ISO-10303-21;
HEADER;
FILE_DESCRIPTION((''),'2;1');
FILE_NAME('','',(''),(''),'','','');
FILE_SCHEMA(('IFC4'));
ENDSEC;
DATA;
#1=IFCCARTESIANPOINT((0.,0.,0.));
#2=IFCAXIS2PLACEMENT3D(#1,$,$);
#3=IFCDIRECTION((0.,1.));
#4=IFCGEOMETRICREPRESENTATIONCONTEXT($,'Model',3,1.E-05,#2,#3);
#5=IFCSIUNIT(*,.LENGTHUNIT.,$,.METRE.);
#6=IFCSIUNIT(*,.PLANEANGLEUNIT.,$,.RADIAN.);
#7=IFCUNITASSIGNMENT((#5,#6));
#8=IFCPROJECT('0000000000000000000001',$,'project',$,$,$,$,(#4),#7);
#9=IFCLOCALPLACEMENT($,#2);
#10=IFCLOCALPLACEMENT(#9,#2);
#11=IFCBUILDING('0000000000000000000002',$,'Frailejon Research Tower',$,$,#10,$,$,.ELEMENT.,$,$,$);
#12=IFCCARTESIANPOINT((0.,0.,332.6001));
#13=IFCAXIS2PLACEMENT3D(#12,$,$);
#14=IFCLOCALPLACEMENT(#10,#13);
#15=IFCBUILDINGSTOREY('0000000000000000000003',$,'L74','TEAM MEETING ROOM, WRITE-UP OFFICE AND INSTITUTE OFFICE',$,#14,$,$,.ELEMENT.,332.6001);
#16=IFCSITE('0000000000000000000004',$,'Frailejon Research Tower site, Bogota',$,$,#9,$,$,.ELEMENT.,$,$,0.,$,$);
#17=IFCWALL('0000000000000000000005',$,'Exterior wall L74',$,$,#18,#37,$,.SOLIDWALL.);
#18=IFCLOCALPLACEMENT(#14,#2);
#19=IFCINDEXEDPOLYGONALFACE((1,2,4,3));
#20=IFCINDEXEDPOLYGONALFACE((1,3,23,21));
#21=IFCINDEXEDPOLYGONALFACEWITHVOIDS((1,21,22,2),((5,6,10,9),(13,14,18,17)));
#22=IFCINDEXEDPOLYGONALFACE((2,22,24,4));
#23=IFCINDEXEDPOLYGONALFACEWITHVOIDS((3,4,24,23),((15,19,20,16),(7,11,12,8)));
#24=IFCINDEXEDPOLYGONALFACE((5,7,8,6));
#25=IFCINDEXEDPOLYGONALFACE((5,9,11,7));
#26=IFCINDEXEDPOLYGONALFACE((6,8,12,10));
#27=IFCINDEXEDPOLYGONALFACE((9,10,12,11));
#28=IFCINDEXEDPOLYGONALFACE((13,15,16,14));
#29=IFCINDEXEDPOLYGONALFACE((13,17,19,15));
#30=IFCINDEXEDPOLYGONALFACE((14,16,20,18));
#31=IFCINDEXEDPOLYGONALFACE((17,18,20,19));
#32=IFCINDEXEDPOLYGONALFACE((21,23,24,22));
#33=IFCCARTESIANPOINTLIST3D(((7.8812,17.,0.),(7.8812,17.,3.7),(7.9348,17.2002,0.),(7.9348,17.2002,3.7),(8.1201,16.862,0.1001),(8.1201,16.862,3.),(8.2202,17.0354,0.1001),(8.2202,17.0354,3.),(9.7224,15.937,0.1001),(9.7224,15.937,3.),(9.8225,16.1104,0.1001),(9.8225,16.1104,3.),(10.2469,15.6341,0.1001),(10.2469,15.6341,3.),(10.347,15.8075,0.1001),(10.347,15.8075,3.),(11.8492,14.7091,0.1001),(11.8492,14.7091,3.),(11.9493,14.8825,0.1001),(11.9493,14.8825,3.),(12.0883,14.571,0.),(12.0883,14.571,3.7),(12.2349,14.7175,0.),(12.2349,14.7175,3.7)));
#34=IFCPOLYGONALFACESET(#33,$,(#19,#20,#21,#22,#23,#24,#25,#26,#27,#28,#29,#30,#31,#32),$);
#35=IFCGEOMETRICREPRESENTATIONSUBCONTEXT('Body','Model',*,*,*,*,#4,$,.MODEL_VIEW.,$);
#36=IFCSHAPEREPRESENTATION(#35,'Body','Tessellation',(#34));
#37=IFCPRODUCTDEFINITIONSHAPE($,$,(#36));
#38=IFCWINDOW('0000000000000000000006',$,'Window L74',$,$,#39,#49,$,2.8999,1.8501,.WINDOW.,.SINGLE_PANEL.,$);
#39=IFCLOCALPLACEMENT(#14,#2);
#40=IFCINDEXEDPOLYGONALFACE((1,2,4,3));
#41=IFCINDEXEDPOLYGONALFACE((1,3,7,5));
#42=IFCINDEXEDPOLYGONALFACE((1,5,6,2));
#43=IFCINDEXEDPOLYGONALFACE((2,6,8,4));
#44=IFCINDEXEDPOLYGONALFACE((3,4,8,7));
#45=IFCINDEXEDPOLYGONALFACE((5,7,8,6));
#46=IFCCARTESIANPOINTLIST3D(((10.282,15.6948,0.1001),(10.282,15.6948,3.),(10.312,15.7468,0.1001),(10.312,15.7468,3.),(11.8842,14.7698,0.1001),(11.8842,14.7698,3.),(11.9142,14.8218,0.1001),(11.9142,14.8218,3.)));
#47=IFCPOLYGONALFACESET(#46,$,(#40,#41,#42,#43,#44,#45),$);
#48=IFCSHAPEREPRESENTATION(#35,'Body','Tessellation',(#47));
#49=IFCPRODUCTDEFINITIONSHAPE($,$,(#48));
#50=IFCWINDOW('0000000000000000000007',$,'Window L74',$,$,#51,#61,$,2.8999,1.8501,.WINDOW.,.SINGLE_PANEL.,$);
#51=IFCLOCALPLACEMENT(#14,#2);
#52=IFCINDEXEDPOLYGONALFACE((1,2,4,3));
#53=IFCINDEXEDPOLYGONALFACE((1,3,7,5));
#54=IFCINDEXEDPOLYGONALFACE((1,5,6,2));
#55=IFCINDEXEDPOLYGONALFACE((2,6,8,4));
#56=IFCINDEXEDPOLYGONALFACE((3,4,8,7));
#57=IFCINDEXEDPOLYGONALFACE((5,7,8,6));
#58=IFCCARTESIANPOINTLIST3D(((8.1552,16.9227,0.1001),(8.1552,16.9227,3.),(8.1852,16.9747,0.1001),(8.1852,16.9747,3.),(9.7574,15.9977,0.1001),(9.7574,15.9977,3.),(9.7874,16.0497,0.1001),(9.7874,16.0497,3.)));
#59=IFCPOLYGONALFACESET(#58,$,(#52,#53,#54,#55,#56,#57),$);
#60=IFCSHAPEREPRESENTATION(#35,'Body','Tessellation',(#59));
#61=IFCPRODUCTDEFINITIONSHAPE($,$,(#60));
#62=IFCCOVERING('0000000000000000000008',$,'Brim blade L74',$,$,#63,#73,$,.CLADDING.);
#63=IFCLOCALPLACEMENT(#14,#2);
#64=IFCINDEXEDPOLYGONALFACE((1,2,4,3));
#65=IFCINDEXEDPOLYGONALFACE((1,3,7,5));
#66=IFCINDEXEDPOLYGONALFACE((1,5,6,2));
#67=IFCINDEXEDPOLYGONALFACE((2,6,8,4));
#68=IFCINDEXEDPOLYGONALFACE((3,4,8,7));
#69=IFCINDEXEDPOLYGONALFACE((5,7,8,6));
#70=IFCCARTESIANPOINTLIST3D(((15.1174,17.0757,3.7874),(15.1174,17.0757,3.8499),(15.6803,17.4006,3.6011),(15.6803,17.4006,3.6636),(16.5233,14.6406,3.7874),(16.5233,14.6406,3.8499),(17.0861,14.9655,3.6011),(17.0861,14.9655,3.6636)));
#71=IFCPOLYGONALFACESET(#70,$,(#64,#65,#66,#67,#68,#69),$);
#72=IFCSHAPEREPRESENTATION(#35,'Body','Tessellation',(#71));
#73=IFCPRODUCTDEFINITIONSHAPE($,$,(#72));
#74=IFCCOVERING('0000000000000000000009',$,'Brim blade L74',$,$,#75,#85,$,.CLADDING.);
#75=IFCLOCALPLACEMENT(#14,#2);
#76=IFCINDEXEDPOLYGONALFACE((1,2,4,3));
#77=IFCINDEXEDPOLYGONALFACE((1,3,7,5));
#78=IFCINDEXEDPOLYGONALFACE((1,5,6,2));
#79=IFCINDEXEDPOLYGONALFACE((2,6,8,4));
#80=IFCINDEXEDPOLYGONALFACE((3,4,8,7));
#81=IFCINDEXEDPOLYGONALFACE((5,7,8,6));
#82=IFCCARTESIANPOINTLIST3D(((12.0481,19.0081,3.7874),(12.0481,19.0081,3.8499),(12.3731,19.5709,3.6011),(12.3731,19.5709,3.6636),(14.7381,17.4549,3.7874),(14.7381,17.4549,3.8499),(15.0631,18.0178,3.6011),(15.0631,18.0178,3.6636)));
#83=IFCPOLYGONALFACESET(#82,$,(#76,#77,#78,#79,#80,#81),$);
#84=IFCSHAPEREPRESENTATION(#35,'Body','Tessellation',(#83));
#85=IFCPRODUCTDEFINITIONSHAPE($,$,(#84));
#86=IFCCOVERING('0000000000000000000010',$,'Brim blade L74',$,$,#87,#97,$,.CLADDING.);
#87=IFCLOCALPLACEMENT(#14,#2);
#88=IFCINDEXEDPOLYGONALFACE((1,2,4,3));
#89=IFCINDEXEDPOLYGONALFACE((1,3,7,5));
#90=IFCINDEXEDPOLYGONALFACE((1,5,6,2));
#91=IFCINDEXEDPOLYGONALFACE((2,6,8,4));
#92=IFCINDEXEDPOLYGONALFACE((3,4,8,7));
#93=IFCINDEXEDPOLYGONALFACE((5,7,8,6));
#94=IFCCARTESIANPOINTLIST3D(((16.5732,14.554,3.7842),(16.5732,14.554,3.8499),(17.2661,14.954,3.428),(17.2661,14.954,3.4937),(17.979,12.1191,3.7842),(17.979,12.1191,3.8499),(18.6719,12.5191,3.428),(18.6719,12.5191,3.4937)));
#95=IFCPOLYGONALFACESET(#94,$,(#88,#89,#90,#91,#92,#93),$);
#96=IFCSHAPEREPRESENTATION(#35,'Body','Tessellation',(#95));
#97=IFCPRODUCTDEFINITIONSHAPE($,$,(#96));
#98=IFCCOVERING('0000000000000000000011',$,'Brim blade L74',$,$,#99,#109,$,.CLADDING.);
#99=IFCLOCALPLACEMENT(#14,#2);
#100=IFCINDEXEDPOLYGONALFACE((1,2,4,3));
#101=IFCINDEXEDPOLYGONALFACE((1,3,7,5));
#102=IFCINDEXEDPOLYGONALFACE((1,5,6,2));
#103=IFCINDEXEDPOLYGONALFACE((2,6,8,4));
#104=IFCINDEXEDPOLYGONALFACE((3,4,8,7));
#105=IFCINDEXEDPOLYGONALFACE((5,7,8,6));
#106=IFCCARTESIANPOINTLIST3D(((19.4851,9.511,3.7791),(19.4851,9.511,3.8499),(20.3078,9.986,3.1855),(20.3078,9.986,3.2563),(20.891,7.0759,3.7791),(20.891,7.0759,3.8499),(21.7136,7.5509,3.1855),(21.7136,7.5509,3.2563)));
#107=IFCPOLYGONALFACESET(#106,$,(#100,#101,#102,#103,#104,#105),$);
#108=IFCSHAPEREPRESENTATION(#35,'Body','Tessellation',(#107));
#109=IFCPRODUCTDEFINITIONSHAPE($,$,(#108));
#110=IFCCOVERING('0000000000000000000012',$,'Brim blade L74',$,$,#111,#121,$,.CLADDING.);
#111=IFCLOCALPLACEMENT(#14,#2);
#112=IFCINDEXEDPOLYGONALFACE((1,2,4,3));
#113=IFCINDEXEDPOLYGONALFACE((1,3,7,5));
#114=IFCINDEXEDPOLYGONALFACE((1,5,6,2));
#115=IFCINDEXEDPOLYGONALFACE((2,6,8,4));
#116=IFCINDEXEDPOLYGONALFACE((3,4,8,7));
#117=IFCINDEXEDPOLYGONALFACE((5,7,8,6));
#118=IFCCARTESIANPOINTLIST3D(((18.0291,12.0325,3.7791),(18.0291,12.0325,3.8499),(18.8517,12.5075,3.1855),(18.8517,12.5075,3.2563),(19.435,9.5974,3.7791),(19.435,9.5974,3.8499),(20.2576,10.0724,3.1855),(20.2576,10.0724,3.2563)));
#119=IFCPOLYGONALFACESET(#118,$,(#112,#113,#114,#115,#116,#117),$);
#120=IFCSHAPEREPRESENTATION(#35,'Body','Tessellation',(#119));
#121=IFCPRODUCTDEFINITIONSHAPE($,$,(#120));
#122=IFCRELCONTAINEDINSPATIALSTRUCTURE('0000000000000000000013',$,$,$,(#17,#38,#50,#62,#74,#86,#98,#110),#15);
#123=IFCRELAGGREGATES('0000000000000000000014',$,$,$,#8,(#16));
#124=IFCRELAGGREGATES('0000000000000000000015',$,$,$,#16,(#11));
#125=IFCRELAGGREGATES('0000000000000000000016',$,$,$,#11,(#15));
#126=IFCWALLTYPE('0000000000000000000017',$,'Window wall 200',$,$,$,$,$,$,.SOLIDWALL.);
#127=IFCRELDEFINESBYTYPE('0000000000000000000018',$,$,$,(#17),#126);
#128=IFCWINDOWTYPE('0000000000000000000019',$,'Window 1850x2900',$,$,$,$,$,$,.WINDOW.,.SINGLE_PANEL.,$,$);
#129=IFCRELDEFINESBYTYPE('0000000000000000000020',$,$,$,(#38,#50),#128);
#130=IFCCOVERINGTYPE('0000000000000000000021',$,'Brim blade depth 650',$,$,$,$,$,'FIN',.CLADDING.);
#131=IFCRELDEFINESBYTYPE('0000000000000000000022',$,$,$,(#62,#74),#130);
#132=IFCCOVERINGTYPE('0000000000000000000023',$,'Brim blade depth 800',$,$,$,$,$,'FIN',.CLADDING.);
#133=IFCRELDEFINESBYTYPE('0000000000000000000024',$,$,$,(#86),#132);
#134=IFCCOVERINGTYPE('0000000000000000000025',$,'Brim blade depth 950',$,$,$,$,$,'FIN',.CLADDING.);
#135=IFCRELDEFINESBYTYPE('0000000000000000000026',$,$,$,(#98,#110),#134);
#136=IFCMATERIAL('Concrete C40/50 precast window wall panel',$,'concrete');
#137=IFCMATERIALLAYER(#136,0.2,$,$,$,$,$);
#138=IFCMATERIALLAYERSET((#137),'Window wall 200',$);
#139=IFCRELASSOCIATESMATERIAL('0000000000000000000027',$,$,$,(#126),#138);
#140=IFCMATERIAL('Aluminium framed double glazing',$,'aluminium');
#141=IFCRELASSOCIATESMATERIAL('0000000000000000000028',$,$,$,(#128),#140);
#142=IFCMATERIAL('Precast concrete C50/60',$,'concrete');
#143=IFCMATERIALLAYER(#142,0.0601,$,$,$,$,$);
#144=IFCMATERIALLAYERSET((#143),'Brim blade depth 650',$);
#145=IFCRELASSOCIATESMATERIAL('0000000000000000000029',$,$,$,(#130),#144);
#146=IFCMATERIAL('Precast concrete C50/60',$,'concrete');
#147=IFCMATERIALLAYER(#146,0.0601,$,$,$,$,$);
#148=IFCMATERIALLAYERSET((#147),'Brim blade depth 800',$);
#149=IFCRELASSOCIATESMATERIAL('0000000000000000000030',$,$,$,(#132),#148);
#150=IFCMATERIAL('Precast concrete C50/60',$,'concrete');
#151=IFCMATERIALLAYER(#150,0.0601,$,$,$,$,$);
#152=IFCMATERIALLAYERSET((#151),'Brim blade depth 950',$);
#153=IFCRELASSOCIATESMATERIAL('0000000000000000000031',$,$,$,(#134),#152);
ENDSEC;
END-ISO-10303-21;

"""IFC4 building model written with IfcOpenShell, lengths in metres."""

from ifc_helpers import new_model, si_unit, direction, frame, frame_2d, origin, place, context, subcontext, project, spatial, polyline, rectangle, outline, extrude, material, layer, layer_set, type_object, element, fill, save


model = new_model("IFC4")

# Units and contexts
model_context = context("Model", 3, precision=1e-05, world=origin(), true_north=direction((0.0, 1.0)))
body_context = subcontext(model_context, "Body", "Model", "MODEL_VIEW")
ifc_project = project(units=[si_unit("LENGTHUNIT", "METRE"), si_unit("PLANEANGLEUNIT", "RADIAN")], contexts=[model_context])

# Site, building, storey
site_placement = place(None, origin())
site = spatial("IfcSite", under=ifc_project, at=site_placement, Name="Frailejon Research Tower site, Bogota", CompositionType="ELEMENT", RefElevation=0.0)
building_placement = place(site_placement, origin())
building = spatial("IfcBuilding", under=site, at=building_placement, Name="Frailejon Research Tower", CompositionType="ELEMENT")
storey_placement = place(building_placement, frame((0.0, 0.0, 332.6001)))
storey = spatial("IfcBuildingStorey", under=building, at=storey_placement, Name="L74", Description="TEAM MEETING ROOM, WRITE-UP OFFICE AND INSTITUTE OFFICE", CompositionType="ELEMENT", Elevation=332.6001)

# Wall, openings, windows
ifc_material_1 = material(Name="Concrete C40/50 precast window wall panel", Category="concrete")
ifc_layer_1 = layer(ifc_material_1, 0.2)
ifc_layer_set_1 = layer_set([ifc_layer_1], Name="Window wall 200")
wall_type = type_object("IfcWallType", Name="Window wall 200", PredefinedType="SOLIDWALL", material=ifc_layer_set_1)
wall_placement = place(storey_placement, frame((12.1616, 14.6443, 0.0), z_axis=(0.0, 0.0, 1.0), x_axis=(-0.866029, 0.499994, 0.0)))
wall = element("IfcWall", 1, at=wall_placement, inside=storey, type_object=wall_type, Name="Exterior wall L74", PredefinedType="SOLIDWALL", context=body_context, shape_type="SweptSolid", body=[
    extrude(outline(polyline([(-0.0269, -0.1001), (1.2144, -0.1001), (2.4558, -0.1001), (3.6973, -0.1001), (4.9385, -0.1001), (4.8848, 0.1001), (3.6704, 0.1001), (2.4558, 0.1001), (1.2412, 0.1001), (0.0269, 0.1001), (-0.0269, -0.1001)])), origin(), (0.0, 0.0, 1.0), 3.7),
])
opening_1_placement = place(wall_placement, frame((0.303, 0.0, 0.1001)))
opening_1 = element("IfcOpeningElement", 2, at=opening_1_placement, cuts=wall, PredefinedType="OPENING", context=body_context, shape_type="SweptSolid", body=[
    extrude(rectangle(XDim=1.8501, YDim=2.8999, at=frame_2d((0.925, 1.45))), frame((0.0, 0.1099, 0.0), z_axis=(0.0, -1.0, 0.0), x_axis=(1.0, 0.0, 0.0)), (0.0, 0.0, 1.0), 0.22),
])
opening_2_placement = place(wall_placement, frame((2.7588, 0.0, 0.1001)))
opening_2 = element("IfcOpeningElement", 3, at=opening_2_placement, cuts=wall, PredefinedType="OPENING", context=body_context, shape_type="SweptSolid", body=[
    extrude(rectangle(XDim=1.8501, YDim=2.8999, at=frame_2d((0.925, 1.45))), frame((0.0, 0.1099, 0.0), z_axis=(0.0, -1.0, 0.0), x_axis=(1.0, 0.0, 0.0)), (0.0, 0.0, 1.0), 0.22),
])
ifc_material_2 = material(Name="Aluminium framed double glazing", Category="aluminium")
window_type = type_object("IfcWindowType", Name="Window 1850x2900", PartitioningType="SINGLE_PANEL", PredefinedType="WINDOW", material=ifc_material_2)
window_1_placement = place(opening_1_placement, origin())
window_1 = element("IfcWindow", 4, at=window_1_placement, inside=storey, type_object=window_type, Name="Window L74", OverallHeight=2.8999, OverallWidth=1.8501, PartitioningType="SINGLE_PANEL", PredefinedType="WINDOW", context=body_context, shape_type="SweptSolid", body=[
    extrude(rectangle(XDim=1.8501, YDim=2.8999, at=frame_2d((0.925, 1.45))), frame((0.0, 0.03, 0.0), z_axis=(0.0, -1.0, 0.0), x_axis=(1.0, 0.0, 0.0)), (0.0, 0.0, 1.0), 0.0601),
])
fill(opening_1, window_1)
window_2_placement = place(opening_2_placement, origin())
window_2 = element("IfcWindow", 5, at=window_2_placement, inside=storey, type_object=window_type, Name="Window L74", OverallHeight=2.8999, OverallWidth=1.8501, PartitioningType="SINGLE_PANEL", PredefinedType="WINDOW", context=body_context, shape_type="SweptSolid", body=[
    extrude(rectangle(XDim=1.8501, YDim=2.8999, at=frame_2d((0.925, 1.45))), frame((0.0, 0.03, 0.0), z_axis=(0.0, -1.0, 0.0), x_axis=(1.0, 0.0, 0.0)), (0.0, 0.0, 1.0), 0.0601),
])
fill(opening_2, window_2)

# Coverings
ifc_material_3 = material(Name="Precast concrete C50/60", Category="concrete")
ifc_layer_2 = layer(ifc_material_3, 0.0601)
ifc_layer_set_2 = layer_set([ifc_layer_2], Name="Brim blade depth 650")
covering_type_1 = type_object("IfcCoveringType", Name="Brim blade depth 650", ElementType="FIN", PredefinedType="CLADDING", material=ifc_layer_set_2)
covering_1_placement = place(storey_placement, frame((15.1174, 17.0757, 3.8499), z_axis=(0.499988, -0.866032, 0.0), x_axis=(0.866032, 0.499988, 0.0)))
element("IfcCovering", 6, at=covering_1_placement, inside=storey, type_object=covering_type_1, Name="Brim blade L74", PredefinedType="CLADDING", context=body_context, shape_type="SweptSolid", body=[
    extrude(outline(polyline([(0.0, -0.0625), (0.6499, -0.2488), (0.6499, -0.1863), (0.0, 0.0), (0.0, -0.0625)])), origin(), (0.0, 0.0, 1.0), 2.8118),
])
covering_2_placement = place(storey_placement, frame((12.0481, 19.0081, 3.8499), z_axis=(0.866021, -0.500007, 0.0), x_axis=(0.500007, 0.866021, 0.0)))
element("IfcCovering", 7, at=covering_2_placement, inside=storey, type_object=covering_type_1, Name="Brim blade L74", PredefinedType="CLADDING", context=body_context, shape_type="SweptSolid", body=[
    extrude(outline(polyline([(0.0, -0.0625), (0.6499, -0.2488), (0.6499, -0.1863), (0.0, 0.0), (0.0, -0.0625)])), origin(), (0.0, 0.0, 1.0), 3.1062),
])
ifc_material_4 = material(Name="Precast concrete C50/60", Category="concrete")
ifc_layer_3 = layer(ifc_material_4, 0.0601)
ifc_layer_set_3 = layer_set([ifc_layer_3], Name="Brim blade depth 800")
covering_type_2 = type_object("IfcCoveringType", Name="Brim blade depth 800", ElementType="FIN", PredefinedType="CLADDING", material=ifc_layer_set_3)
covering_3_placement = place(storey_placement, frame((16.5732, 14.554, 3.8499), z_axis=(0.500003, -0.866024, 0.0), x_axis=(0.866024, 0.500003, 0.0)))
element("IfcCovering", 8, at=covering_3_placement, inside=storey, type_object=covering_type_2, Name="Brim blade L74", PredefinedType="CLADDING", context=body_context, shape_type="SweptSolid", body=[
    extrude(outline(polyline([(0.0, -0.0657), (0.8, -0.4219), (0.8, -0.3562), (0.0, 0.0), (0.0, -0.0657)])), origin(), (0.0, 0.0, 1.0), 2.8115),
])
ifc_material_5 = material(Name="Precast concrete C50/60", Category="concrete")
ifc_layer_4 = layer(ifc_material_5, 0.0601)
ifc_layer_set_4 = layer_set([ifc_layer_4], Name="Brim blade depth 950")
covering_type_3 = type_object("IfcCoveringType", Name="Brim blade depth 950", ElementType="FIN", PredefinedType="CLADDING", material=ifc_layer_set_4)
for number, where, z_axis, x_axis, name in (
    (9, (19.4851, 9.511, 3.8499), (0.499988, -0.866032, 0.0), (0.866032, 0.499988, 0.0), "Brim blade L74"),
    (10, (18.0291, 12.0325, 3.8499), (0.500014, -0.866017, 0.0), (0.866017, 0.500014, 0.0), "Brim blade L74"),
):
    element("IfcCovering", number, at=place(storey_placement, frame(where, z_axis=z_axis, x_axis=x_axis)), inside=storey, type_object=covering_type_3, Name=name, PredefinedType="CLADDING", context=body_context, shape_type="SweptSolid", body=[
        extrude(outline(polyline([(0.0, -0.0708), (0.95, -0.6643), (0.95, -0.5935), (0.0, 0.0), (0.0, -0.0708)])), origin(), (0.0, 0.0, 1.0), 2.8118),
    ])

save(model, "model.ifc")
